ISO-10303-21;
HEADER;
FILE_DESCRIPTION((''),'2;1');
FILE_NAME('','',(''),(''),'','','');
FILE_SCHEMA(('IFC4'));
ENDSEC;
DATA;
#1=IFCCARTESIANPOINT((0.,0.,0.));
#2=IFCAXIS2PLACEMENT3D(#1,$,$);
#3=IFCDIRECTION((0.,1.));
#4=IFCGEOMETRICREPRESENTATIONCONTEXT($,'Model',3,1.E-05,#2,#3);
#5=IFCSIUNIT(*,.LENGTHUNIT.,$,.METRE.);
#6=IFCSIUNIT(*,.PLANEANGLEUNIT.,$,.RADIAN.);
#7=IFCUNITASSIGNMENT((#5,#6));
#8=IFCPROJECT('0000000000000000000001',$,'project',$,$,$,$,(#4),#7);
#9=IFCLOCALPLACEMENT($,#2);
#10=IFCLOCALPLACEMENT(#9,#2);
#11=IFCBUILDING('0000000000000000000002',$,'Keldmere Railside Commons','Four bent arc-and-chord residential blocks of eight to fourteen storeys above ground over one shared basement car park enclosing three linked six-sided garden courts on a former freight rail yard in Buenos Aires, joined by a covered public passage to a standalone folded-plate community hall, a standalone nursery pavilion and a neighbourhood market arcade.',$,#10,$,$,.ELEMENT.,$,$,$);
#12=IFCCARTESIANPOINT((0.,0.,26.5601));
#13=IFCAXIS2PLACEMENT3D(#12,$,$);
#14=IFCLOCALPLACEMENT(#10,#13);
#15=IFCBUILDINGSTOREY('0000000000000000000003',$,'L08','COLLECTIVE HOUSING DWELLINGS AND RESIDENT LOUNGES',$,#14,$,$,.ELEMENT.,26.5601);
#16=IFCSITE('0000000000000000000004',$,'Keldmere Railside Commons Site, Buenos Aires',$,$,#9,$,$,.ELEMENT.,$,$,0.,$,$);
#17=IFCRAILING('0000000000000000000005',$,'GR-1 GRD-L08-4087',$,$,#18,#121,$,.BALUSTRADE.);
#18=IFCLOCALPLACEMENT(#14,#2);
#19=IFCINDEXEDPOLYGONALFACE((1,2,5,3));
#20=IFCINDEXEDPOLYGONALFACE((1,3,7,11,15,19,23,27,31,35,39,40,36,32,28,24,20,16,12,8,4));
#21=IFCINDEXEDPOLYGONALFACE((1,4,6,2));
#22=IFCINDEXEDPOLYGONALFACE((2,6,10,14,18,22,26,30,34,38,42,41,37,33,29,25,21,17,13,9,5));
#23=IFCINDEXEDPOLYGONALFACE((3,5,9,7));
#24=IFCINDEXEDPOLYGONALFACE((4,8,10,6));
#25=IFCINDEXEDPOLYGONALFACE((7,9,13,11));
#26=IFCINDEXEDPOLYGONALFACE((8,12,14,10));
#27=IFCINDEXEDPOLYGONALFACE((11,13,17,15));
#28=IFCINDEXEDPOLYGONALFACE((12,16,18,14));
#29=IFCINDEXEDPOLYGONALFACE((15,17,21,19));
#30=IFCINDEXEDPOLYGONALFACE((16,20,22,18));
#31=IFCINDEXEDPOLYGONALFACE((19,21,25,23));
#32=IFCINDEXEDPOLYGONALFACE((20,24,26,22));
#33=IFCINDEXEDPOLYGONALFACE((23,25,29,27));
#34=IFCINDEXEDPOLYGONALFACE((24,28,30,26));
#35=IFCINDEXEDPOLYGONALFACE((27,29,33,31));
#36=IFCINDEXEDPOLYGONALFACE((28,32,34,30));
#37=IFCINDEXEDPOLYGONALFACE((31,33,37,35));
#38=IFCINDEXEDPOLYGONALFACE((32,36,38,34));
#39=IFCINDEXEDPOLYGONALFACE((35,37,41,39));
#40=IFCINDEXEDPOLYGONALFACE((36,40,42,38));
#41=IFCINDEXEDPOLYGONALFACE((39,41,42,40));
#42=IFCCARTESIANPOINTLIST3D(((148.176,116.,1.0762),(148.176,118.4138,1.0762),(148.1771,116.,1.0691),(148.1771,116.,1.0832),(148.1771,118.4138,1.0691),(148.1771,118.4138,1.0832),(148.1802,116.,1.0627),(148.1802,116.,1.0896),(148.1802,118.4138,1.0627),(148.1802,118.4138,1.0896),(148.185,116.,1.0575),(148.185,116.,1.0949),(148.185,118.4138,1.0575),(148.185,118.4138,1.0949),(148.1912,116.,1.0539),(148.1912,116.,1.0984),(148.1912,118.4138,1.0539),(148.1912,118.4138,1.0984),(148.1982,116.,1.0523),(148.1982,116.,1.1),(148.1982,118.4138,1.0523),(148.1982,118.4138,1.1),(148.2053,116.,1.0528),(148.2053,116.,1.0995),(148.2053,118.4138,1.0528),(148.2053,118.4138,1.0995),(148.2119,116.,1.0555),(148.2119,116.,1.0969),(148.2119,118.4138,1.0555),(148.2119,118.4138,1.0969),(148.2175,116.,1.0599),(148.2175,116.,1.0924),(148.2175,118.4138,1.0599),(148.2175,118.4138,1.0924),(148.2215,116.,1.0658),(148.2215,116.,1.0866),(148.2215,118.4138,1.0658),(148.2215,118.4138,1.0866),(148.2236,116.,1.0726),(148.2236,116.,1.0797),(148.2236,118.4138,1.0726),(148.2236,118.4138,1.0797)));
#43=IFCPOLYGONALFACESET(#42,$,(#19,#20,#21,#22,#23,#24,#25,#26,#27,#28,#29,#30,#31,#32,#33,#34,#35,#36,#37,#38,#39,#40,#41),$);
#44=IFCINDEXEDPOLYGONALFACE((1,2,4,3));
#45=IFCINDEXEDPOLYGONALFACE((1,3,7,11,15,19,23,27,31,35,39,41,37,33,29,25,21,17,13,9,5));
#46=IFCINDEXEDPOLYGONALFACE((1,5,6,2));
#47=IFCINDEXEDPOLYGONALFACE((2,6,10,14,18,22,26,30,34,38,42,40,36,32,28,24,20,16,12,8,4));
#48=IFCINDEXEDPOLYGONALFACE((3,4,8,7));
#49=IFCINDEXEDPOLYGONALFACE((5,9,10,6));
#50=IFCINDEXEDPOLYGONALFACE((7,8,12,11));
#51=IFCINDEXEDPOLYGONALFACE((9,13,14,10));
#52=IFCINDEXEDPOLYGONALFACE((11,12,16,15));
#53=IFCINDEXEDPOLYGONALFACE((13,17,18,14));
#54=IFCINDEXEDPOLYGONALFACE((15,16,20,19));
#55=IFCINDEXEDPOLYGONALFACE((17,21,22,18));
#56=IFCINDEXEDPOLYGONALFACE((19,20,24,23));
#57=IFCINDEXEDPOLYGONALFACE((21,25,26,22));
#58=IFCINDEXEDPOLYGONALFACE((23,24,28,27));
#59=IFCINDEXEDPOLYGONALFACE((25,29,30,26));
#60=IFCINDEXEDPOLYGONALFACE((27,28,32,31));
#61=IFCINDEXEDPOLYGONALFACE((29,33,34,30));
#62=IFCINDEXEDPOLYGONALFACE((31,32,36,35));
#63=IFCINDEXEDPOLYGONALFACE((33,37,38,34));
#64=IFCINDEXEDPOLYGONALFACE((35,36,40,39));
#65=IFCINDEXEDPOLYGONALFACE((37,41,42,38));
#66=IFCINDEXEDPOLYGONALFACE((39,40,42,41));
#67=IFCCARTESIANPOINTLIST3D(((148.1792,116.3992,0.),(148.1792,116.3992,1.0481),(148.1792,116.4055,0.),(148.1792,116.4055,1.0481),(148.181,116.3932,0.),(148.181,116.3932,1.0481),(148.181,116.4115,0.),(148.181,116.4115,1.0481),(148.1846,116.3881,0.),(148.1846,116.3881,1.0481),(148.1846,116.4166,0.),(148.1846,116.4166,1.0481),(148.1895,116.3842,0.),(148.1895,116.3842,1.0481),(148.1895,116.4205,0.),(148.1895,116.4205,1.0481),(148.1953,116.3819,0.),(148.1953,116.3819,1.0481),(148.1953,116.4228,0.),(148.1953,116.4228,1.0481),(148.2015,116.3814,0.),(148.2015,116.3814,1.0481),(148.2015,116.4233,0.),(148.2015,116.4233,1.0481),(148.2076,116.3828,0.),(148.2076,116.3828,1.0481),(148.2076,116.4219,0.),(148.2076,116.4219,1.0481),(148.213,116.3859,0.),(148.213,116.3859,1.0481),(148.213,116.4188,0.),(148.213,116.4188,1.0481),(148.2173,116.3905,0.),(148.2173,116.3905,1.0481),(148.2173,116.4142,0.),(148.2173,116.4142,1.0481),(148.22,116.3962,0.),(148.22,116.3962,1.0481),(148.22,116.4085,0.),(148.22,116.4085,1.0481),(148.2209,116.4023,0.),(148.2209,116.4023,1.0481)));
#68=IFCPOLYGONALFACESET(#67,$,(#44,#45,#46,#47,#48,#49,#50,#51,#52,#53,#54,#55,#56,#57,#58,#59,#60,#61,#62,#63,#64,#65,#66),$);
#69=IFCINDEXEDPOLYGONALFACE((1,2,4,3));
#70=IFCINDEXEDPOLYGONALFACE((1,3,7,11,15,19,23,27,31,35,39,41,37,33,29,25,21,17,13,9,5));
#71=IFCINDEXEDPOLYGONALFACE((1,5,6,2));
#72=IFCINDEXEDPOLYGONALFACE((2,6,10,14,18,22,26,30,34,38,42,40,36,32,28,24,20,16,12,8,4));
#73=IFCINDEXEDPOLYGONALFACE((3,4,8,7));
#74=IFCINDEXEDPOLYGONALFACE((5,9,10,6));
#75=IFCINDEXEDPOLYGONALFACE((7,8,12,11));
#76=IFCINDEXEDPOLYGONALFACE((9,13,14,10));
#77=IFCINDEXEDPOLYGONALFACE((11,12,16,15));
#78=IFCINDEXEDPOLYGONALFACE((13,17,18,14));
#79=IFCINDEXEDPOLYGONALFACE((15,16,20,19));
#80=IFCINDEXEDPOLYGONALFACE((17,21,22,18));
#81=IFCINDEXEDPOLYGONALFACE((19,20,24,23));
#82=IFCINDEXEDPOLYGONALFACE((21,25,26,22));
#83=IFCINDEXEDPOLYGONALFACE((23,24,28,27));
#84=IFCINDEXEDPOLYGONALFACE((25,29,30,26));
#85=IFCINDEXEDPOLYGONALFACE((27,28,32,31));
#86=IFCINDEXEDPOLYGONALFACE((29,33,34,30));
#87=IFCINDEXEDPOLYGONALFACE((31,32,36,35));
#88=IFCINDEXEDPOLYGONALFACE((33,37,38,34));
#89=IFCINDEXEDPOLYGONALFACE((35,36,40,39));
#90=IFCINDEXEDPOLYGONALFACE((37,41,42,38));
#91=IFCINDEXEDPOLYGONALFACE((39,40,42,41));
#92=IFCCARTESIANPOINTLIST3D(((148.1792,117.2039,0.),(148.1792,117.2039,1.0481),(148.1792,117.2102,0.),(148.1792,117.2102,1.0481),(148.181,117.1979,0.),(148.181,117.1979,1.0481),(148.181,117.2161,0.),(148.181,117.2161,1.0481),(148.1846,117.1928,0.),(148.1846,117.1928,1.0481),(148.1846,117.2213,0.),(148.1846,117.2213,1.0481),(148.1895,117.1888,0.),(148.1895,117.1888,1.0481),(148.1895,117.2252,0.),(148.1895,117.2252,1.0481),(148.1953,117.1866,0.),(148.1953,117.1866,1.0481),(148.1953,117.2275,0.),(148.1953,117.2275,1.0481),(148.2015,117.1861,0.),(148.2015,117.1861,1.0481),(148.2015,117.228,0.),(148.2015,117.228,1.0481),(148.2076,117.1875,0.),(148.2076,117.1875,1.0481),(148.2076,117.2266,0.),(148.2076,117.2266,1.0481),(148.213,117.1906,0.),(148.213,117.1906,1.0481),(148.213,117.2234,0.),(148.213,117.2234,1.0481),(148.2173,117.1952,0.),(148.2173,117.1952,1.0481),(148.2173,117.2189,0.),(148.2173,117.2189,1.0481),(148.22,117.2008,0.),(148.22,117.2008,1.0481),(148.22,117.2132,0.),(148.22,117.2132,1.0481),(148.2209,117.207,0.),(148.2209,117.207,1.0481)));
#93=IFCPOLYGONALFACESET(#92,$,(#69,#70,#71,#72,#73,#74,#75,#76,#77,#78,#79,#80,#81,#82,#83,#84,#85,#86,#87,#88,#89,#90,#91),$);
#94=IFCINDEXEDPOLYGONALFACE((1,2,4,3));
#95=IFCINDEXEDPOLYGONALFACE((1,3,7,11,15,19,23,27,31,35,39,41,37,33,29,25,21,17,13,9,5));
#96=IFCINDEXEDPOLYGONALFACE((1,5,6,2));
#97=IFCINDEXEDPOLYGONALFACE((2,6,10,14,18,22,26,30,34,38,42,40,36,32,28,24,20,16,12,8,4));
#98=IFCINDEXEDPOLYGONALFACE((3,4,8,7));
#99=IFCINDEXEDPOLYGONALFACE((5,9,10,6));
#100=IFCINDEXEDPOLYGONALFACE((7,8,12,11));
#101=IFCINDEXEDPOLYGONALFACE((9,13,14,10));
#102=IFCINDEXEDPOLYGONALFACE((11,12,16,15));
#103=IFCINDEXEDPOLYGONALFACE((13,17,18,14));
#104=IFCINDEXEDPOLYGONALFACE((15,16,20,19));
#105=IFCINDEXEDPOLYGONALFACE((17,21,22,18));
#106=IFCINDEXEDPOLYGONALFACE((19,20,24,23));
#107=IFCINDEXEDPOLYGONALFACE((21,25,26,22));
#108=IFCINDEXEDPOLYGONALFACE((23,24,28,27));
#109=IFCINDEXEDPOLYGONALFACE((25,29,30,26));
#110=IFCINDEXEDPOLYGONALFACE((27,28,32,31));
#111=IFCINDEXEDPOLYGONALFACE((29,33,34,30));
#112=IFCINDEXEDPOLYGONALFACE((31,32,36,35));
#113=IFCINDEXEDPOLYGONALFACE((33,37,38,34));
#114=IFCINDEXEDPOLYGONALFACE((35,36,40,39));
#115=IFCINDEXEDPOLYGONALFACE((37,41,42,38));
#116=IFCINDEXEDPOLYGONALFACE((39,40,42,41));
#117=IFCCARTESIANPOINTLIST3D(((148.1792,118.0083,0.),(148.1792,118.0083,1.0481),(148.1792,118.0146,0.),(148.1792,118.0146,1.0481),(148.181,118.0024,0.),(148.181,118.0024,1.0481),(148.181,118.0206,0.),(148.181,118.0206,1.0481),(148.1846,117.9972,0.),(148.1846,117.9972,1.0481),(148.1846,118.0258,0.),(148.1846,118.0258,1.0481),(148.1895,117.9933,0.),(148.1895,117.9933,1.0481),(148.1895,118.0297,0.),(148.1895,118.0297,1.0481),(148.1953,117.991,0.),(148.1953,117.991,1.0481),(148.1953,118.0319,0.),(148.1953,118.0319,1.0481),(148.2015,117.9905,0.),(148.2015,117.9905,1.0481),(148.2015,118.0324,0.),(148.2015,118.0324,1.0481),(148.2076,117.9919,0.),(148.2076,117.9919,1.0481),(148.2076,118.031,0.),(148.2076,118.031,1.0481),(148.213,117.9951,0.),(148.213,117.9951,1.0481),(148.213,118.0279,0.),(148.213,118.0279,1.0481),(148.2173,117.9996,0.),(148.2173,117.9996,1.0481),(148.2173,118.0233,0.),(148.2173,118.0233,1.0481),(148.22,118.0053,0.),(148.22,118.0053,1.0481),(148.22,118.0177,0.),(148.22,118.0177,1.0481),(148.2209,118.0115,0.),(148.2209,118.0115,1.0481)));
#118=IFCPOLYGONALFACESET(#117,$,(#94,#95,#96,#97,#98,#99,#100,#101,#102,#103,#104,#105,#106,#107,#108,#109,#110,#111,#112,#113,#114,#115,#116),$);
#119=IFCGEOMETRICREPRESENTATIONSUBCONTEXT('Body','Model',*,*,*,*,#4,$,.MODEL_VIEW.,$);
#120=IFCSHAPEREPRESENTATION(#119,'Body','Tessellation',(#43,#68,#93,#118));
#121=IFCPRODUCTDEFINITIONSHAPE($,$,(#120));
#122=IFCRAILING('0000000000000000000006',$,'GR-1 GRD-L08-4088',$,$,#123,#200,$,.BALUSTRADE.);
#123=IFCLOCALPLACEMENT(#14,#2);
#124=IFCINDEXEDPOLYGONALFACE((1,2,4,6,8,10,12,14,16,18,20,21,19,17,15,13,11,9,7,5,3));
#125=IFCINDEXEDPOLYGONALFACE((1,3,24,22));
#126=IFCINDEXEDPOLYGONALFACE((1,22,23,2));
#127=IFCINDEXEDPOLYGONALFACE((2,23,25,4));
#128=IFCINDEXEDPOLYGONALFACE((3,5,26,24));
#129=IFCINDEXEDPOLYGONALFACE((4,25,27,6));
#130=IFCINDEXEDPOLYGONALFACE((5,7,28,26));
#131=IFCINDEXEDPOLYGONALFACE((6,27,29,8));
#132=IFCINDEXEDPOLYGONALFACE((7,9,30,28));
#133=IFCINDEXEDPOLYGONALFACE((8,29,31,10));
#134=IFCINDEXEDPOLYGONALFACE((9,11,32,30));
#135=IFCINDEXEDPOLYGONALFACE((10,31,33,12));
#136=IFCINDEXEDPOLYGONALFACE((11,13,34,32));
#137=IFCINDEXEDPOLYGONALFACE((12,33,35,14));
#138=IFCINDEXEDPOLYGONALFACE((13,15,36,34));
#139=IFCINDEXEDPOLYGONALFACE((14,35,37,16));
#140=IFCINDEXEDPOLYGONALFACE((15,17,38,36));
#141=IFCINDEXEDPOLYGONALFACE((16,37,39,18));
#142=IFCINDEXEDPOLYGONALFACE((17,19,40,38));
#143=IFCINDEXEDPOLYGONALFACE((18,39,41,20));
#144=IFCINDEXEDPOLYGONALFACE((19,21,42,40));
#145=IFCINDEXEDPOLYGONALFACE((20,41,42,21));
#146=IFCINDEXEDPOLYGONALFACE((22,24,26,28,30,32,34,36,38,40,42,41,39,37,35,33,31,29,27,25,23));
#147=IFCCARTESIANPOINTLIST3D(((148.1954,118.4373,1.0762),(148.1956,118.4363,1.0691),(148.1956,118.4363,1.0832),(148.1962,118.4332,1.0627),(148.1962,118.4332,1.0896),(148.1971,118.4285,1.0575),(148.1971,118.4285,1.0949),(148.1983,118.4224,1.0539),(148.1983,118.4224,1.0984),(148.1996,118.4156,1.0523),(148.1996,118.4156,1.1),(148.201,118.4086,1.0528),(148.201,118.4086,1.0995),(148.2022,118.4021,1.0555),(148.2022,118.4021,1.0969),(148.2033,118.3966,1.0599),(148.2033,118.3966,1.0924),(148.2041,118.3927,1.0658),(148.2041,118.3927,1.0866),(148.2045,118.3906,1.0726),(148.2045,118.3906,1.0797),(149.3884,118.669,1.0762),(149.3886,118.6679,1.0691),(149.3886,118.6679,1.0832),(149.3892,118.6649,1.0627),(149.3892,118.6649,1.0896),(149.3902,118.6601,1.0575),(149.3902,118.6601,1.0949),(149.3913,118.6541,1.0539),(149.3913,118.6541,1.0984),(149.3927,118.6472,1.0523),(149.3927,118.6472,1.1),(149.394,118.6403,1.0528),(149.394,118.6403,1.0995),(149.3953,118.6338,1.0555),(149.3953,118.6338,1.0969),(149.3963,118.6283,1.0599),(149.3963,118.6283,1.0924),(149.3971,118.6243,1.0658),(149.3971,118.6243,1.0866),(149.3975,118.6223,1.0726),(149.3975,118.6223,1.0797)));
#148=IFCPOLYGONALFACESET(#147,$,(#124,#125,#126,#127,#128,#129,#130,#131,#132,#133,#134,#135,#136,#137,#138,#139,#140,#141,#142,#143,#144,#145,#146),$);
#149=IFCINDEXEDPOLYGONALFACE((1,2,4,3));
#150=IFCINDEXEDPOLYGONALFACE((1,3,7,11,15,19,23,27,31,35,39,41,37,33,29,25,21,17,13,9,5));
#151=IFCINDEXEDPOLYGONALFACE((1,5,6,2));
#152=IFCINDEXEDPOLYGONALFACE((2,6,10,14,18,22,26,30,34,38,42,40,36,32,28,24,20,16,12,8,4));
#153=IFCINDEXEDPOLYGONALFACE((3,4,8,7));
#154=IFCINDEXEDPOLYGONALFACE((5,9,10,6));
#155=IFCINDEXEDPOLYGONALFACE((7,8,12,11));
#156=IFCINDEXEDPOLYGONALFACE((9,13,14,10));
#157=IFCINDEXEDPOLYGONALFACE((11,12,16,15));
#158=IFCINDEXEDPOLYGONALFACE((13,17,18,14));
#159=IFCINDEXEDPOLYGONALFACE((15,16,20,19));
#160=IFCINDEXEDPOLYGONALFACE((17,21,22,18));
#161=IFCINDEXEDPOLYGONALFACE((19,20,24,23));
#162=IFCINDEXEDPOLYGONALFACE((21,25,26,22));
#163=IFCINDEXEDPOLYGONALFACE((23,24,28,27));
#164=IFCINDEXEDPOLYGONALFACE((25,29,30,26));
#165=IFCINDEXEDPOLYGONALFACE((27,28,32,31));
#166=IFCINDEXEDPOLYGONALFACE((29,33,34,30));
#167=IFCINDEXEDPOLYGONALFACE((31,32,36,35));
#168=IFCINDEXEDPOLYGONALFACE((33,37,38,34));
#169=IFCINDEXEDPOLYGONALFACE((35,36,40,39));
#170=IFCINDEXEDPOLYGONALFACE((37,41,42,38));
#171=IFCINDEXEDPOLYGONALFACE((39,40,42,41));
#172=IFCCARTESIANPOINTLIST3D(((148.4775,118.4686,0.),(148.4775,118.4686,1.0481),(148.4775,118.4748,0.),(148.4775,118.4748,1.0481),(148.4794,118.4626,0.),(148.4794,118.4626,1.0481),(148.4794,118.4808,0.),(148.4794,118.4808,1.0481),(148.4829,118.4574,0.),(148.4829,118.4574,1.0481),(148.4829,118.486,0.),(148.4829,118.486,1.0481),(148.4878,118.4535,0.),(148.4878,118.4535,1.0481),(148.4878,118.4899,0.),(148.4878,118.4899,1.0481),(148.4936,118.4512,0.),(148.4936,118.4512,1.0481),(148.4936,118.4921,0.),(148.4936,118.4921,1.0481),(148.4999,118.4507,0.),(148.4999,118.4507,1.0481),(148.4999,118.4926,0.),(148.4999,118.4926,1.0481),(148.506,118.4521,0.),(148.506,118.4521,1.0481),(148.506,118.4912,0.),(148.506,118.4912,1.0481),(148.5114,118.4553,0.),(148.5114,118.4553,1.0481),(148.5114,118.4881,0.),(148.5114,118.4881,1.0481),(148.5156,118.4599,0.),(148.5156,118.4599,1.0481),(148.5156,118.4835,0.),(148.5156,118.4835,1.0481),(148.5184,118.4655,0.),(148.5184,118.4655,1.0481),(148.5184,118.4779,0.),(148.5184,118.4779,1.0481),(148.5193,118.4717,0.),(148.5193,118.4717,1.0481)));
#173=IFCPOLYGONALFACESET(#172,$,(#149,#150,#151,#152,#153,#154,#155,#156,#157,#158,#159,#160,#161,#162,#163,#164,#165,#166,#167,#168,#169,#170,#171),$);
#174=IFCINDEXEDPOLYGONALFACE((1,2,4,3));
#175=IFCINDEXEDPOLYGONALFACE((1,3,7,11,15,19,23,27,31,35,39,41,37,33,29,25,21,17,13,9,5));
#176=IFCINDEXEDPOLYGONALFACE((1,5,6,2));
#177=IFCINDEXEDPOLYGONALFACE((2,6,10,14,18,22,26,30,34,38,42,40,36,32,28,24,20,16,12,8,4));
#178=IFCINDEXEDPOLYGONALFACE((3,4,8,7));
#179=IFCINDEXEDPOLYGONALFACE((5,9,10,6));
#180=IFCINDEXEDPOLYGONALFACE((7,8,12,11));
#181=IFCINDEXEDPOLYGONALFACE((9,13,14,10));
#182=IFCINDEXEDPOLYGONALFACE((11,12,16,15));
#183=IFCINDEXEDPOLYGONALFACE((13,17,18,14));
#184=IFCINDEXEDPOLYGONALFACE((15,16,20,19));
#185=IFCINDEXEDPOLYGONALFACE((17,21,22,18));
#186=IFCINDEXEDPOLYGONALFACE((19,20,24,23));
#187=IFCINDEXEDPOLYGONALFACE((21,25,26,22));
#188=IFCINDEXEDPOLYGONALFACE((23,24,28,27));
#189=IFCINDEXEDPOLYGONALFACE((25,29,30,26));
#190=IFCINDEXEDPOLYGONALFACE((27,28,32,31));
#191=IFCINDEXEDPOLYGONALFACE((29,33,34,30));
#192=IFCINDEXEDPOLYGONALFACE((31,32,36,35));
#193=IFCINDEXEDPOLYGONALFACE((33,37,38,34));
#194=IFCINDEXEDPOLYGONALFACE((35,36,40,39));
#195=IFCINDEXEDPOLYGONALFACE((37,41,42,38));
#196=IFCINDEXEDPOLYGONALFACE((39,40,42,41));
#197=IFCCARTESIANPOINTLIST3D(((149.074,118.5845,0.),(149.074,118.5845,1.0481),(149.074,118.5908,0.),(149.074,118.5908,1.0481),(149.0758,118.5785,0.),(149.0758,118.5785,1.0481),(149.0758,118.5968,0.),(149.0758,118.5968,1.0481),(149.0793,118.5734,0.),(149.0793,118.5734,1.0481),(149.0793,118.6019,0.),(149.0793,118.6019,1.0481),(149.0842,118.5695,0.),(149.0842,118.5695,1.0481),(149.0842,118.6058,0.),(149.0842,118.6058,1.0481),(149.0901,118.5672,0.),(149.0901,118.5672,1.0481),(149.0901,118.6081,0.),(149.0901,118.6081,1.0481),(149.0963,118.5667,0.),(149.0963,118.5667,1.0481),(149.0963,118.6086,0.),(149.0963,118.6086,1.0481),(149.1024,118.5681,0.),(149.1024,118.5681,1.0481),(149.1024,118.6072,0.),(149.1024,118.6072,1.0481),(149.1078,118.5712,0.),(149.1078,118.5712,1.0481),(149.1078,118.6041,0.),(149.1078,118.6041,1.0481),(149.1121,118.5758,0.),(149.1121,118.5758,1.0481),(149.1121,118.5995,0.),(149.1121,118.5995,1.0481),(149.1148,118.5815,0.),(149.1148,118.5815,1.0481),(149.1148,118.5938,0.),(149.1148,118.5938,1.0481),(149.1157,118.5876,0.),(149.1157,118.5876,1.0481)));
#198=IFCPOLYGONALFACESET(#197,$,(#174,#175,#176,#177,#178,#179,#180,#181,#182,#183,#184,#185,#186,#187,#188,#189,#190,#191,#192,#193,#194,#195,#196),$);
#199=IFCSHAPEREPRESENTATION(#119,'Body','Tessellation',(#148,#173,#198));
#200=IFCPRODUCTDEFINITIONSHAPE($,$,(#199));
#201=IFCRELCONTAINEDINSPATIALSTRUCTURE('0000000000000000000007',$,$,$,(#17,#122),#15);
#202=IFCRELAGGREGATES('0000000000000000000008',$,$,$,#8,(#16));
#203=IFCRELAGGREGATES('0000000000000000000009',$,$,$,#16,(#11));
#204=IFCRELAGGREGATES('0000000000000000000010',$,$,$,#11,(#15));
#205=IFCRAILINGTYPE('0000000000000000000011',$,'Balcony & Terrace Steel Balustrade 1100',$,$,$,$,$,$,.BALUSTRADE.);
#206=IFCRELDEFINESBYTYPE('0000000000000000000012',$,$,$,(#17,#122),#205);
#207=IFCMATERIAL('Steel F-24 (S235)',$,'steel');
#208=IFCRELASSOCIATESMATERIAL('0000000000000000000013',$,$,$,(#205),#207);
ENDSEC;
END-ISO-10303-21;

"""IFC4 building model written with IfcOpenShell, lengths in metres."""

from ifc_helpers import new_model, si_unit, direction, frame, origin, origin_2d, place, context, subcontext, project, spatial, circle, extrude, material, type_object, element, save


model = new_model("IFC4")

# Units and contexts
model_context = context("Model", 3, precision=1e-05, world=origin(), true_north=direction((0.0, 1.0)))
body_context = subcontext(model_context, "Body", "Model", "MODEL_VIEW")
ifc_project = project(units=[si_unit("LENGTHUNIT", "METRE"), si_unit("PLANEANGLEUNIT", "RADIAN")], contexts=[model_context])

# Site, building, storey
site_placement = place(None, origin())
site = spatial("IfcSite", under=ifc_project, at=site_placement, Name="Keldmere Railside Commons Site, Buenos Aires", CompositionType="ELEMENT", RefElevation=0.0)
building_placement = place(site_placement, origin())
building = spatial("IfcBuilding", under=site, at=building_placement, Name="Keldmere Railside Commons", Description="Four bent arc-and-chord residential blocks of eight to fourteen storeys above ground over one shared basement car park enclosing three linked six-sided garden courts on a former freight rail yard in Buenos Aires, joined by a covered public passage to a standalone folded-plate community hall, a standalone nursery pavilion and a neighbourhood market arcade.", CompositionType="ELEMENT")
storey_placement = place(building_placement, frame((0.0, 0.0, 26.5601)))
storey = spatial("IfcBuildingStorey", under=building, at=storey_placement, Name="L08", Description="COLLECTIVE HOUSING DWELLINGS AND RESIDENT LOUNGES", CompositionType="ELEMENT", Elevation=26.5601)

# Railings
ifc_material_1 = material(Name="Steel F-24 (S235)", Category="steel")
railing_type = type_object("IfcRailingType", Name="Balcony & Terrace Steel Balustrade 1100", PredefinedType="BALUSTRADE", material=ifc_material_1)
railing_1_placement = place(storey_placement, frame((148.2, 116.0, 0.0)))
element("IfcRailing", 1, at=railing_1_placement, inside=storey, type_object=railing_type, Name="GR-1 GRD-L08-4087", PredefinedType="BALUSTRADE", context=body_context, shape_type="SweptSolid", body=[
    extrude(circle(Radius=0.0239, at=origin_2d()), frame((0.0, 0.0, 1.0762), z_axis=(0.0, 1.0, 0.0), x_axis=(-1.0, 0.0, 0.0)), (0.0, 0.0, 1.0), 2.4138),
    extrude(circle(Radius=0.021, at=origin_2d()), frame((0.0, 0.4023, 0.0)), (0.0, 0.0, 1.0), 1.0481),
    extrude(circle(Radius=0.021, at=origin_2d()), frame((0.0, 1.207, 0.0)), (0.0, 0.0, 1.0), 1.0481),
    extrude(circle(Radius=0.021, at=origin_2d()), frame((0.0, 2.0115, 0.0)), (0.0, 0.0, 1.0), 1.0481),
])
railing_2_placement = place(storey_placement, frame((148.2, 118.4138, 0.0)))
element("IfcRailing", 2, at=railing_2_placement, inside=storey, type_object=railing_type, Name="GR-1 GRD-L08-4088", PredefinedType="BALUSTRADE", context=body_context, shape_type="SweptSolid", body=[
    extrude(circle(Radius=0.0239, at=origin_2d()), frame((0.0, 0.0, 1.0762), z_axis=(0.981662, 0.190628, 0.0), x_axis=(-0.190628, 0.981662, 0.0)), (0.0, 0.0, 1.0), 1.2153),
    extrude(circle(Radius=0.021, at=origin_2d()), frame((0.2983, 0.0579, 0.0)), (0.0, 0.0, 1.0), 1.0481),
    extrude(circle(Radius=0.021, at=origin_2d()), frame((0.8948, 0.1738, 0.0)), (0.0, 0.0, 1.0), 1.0481),
])

save(model, "model.ifc")
